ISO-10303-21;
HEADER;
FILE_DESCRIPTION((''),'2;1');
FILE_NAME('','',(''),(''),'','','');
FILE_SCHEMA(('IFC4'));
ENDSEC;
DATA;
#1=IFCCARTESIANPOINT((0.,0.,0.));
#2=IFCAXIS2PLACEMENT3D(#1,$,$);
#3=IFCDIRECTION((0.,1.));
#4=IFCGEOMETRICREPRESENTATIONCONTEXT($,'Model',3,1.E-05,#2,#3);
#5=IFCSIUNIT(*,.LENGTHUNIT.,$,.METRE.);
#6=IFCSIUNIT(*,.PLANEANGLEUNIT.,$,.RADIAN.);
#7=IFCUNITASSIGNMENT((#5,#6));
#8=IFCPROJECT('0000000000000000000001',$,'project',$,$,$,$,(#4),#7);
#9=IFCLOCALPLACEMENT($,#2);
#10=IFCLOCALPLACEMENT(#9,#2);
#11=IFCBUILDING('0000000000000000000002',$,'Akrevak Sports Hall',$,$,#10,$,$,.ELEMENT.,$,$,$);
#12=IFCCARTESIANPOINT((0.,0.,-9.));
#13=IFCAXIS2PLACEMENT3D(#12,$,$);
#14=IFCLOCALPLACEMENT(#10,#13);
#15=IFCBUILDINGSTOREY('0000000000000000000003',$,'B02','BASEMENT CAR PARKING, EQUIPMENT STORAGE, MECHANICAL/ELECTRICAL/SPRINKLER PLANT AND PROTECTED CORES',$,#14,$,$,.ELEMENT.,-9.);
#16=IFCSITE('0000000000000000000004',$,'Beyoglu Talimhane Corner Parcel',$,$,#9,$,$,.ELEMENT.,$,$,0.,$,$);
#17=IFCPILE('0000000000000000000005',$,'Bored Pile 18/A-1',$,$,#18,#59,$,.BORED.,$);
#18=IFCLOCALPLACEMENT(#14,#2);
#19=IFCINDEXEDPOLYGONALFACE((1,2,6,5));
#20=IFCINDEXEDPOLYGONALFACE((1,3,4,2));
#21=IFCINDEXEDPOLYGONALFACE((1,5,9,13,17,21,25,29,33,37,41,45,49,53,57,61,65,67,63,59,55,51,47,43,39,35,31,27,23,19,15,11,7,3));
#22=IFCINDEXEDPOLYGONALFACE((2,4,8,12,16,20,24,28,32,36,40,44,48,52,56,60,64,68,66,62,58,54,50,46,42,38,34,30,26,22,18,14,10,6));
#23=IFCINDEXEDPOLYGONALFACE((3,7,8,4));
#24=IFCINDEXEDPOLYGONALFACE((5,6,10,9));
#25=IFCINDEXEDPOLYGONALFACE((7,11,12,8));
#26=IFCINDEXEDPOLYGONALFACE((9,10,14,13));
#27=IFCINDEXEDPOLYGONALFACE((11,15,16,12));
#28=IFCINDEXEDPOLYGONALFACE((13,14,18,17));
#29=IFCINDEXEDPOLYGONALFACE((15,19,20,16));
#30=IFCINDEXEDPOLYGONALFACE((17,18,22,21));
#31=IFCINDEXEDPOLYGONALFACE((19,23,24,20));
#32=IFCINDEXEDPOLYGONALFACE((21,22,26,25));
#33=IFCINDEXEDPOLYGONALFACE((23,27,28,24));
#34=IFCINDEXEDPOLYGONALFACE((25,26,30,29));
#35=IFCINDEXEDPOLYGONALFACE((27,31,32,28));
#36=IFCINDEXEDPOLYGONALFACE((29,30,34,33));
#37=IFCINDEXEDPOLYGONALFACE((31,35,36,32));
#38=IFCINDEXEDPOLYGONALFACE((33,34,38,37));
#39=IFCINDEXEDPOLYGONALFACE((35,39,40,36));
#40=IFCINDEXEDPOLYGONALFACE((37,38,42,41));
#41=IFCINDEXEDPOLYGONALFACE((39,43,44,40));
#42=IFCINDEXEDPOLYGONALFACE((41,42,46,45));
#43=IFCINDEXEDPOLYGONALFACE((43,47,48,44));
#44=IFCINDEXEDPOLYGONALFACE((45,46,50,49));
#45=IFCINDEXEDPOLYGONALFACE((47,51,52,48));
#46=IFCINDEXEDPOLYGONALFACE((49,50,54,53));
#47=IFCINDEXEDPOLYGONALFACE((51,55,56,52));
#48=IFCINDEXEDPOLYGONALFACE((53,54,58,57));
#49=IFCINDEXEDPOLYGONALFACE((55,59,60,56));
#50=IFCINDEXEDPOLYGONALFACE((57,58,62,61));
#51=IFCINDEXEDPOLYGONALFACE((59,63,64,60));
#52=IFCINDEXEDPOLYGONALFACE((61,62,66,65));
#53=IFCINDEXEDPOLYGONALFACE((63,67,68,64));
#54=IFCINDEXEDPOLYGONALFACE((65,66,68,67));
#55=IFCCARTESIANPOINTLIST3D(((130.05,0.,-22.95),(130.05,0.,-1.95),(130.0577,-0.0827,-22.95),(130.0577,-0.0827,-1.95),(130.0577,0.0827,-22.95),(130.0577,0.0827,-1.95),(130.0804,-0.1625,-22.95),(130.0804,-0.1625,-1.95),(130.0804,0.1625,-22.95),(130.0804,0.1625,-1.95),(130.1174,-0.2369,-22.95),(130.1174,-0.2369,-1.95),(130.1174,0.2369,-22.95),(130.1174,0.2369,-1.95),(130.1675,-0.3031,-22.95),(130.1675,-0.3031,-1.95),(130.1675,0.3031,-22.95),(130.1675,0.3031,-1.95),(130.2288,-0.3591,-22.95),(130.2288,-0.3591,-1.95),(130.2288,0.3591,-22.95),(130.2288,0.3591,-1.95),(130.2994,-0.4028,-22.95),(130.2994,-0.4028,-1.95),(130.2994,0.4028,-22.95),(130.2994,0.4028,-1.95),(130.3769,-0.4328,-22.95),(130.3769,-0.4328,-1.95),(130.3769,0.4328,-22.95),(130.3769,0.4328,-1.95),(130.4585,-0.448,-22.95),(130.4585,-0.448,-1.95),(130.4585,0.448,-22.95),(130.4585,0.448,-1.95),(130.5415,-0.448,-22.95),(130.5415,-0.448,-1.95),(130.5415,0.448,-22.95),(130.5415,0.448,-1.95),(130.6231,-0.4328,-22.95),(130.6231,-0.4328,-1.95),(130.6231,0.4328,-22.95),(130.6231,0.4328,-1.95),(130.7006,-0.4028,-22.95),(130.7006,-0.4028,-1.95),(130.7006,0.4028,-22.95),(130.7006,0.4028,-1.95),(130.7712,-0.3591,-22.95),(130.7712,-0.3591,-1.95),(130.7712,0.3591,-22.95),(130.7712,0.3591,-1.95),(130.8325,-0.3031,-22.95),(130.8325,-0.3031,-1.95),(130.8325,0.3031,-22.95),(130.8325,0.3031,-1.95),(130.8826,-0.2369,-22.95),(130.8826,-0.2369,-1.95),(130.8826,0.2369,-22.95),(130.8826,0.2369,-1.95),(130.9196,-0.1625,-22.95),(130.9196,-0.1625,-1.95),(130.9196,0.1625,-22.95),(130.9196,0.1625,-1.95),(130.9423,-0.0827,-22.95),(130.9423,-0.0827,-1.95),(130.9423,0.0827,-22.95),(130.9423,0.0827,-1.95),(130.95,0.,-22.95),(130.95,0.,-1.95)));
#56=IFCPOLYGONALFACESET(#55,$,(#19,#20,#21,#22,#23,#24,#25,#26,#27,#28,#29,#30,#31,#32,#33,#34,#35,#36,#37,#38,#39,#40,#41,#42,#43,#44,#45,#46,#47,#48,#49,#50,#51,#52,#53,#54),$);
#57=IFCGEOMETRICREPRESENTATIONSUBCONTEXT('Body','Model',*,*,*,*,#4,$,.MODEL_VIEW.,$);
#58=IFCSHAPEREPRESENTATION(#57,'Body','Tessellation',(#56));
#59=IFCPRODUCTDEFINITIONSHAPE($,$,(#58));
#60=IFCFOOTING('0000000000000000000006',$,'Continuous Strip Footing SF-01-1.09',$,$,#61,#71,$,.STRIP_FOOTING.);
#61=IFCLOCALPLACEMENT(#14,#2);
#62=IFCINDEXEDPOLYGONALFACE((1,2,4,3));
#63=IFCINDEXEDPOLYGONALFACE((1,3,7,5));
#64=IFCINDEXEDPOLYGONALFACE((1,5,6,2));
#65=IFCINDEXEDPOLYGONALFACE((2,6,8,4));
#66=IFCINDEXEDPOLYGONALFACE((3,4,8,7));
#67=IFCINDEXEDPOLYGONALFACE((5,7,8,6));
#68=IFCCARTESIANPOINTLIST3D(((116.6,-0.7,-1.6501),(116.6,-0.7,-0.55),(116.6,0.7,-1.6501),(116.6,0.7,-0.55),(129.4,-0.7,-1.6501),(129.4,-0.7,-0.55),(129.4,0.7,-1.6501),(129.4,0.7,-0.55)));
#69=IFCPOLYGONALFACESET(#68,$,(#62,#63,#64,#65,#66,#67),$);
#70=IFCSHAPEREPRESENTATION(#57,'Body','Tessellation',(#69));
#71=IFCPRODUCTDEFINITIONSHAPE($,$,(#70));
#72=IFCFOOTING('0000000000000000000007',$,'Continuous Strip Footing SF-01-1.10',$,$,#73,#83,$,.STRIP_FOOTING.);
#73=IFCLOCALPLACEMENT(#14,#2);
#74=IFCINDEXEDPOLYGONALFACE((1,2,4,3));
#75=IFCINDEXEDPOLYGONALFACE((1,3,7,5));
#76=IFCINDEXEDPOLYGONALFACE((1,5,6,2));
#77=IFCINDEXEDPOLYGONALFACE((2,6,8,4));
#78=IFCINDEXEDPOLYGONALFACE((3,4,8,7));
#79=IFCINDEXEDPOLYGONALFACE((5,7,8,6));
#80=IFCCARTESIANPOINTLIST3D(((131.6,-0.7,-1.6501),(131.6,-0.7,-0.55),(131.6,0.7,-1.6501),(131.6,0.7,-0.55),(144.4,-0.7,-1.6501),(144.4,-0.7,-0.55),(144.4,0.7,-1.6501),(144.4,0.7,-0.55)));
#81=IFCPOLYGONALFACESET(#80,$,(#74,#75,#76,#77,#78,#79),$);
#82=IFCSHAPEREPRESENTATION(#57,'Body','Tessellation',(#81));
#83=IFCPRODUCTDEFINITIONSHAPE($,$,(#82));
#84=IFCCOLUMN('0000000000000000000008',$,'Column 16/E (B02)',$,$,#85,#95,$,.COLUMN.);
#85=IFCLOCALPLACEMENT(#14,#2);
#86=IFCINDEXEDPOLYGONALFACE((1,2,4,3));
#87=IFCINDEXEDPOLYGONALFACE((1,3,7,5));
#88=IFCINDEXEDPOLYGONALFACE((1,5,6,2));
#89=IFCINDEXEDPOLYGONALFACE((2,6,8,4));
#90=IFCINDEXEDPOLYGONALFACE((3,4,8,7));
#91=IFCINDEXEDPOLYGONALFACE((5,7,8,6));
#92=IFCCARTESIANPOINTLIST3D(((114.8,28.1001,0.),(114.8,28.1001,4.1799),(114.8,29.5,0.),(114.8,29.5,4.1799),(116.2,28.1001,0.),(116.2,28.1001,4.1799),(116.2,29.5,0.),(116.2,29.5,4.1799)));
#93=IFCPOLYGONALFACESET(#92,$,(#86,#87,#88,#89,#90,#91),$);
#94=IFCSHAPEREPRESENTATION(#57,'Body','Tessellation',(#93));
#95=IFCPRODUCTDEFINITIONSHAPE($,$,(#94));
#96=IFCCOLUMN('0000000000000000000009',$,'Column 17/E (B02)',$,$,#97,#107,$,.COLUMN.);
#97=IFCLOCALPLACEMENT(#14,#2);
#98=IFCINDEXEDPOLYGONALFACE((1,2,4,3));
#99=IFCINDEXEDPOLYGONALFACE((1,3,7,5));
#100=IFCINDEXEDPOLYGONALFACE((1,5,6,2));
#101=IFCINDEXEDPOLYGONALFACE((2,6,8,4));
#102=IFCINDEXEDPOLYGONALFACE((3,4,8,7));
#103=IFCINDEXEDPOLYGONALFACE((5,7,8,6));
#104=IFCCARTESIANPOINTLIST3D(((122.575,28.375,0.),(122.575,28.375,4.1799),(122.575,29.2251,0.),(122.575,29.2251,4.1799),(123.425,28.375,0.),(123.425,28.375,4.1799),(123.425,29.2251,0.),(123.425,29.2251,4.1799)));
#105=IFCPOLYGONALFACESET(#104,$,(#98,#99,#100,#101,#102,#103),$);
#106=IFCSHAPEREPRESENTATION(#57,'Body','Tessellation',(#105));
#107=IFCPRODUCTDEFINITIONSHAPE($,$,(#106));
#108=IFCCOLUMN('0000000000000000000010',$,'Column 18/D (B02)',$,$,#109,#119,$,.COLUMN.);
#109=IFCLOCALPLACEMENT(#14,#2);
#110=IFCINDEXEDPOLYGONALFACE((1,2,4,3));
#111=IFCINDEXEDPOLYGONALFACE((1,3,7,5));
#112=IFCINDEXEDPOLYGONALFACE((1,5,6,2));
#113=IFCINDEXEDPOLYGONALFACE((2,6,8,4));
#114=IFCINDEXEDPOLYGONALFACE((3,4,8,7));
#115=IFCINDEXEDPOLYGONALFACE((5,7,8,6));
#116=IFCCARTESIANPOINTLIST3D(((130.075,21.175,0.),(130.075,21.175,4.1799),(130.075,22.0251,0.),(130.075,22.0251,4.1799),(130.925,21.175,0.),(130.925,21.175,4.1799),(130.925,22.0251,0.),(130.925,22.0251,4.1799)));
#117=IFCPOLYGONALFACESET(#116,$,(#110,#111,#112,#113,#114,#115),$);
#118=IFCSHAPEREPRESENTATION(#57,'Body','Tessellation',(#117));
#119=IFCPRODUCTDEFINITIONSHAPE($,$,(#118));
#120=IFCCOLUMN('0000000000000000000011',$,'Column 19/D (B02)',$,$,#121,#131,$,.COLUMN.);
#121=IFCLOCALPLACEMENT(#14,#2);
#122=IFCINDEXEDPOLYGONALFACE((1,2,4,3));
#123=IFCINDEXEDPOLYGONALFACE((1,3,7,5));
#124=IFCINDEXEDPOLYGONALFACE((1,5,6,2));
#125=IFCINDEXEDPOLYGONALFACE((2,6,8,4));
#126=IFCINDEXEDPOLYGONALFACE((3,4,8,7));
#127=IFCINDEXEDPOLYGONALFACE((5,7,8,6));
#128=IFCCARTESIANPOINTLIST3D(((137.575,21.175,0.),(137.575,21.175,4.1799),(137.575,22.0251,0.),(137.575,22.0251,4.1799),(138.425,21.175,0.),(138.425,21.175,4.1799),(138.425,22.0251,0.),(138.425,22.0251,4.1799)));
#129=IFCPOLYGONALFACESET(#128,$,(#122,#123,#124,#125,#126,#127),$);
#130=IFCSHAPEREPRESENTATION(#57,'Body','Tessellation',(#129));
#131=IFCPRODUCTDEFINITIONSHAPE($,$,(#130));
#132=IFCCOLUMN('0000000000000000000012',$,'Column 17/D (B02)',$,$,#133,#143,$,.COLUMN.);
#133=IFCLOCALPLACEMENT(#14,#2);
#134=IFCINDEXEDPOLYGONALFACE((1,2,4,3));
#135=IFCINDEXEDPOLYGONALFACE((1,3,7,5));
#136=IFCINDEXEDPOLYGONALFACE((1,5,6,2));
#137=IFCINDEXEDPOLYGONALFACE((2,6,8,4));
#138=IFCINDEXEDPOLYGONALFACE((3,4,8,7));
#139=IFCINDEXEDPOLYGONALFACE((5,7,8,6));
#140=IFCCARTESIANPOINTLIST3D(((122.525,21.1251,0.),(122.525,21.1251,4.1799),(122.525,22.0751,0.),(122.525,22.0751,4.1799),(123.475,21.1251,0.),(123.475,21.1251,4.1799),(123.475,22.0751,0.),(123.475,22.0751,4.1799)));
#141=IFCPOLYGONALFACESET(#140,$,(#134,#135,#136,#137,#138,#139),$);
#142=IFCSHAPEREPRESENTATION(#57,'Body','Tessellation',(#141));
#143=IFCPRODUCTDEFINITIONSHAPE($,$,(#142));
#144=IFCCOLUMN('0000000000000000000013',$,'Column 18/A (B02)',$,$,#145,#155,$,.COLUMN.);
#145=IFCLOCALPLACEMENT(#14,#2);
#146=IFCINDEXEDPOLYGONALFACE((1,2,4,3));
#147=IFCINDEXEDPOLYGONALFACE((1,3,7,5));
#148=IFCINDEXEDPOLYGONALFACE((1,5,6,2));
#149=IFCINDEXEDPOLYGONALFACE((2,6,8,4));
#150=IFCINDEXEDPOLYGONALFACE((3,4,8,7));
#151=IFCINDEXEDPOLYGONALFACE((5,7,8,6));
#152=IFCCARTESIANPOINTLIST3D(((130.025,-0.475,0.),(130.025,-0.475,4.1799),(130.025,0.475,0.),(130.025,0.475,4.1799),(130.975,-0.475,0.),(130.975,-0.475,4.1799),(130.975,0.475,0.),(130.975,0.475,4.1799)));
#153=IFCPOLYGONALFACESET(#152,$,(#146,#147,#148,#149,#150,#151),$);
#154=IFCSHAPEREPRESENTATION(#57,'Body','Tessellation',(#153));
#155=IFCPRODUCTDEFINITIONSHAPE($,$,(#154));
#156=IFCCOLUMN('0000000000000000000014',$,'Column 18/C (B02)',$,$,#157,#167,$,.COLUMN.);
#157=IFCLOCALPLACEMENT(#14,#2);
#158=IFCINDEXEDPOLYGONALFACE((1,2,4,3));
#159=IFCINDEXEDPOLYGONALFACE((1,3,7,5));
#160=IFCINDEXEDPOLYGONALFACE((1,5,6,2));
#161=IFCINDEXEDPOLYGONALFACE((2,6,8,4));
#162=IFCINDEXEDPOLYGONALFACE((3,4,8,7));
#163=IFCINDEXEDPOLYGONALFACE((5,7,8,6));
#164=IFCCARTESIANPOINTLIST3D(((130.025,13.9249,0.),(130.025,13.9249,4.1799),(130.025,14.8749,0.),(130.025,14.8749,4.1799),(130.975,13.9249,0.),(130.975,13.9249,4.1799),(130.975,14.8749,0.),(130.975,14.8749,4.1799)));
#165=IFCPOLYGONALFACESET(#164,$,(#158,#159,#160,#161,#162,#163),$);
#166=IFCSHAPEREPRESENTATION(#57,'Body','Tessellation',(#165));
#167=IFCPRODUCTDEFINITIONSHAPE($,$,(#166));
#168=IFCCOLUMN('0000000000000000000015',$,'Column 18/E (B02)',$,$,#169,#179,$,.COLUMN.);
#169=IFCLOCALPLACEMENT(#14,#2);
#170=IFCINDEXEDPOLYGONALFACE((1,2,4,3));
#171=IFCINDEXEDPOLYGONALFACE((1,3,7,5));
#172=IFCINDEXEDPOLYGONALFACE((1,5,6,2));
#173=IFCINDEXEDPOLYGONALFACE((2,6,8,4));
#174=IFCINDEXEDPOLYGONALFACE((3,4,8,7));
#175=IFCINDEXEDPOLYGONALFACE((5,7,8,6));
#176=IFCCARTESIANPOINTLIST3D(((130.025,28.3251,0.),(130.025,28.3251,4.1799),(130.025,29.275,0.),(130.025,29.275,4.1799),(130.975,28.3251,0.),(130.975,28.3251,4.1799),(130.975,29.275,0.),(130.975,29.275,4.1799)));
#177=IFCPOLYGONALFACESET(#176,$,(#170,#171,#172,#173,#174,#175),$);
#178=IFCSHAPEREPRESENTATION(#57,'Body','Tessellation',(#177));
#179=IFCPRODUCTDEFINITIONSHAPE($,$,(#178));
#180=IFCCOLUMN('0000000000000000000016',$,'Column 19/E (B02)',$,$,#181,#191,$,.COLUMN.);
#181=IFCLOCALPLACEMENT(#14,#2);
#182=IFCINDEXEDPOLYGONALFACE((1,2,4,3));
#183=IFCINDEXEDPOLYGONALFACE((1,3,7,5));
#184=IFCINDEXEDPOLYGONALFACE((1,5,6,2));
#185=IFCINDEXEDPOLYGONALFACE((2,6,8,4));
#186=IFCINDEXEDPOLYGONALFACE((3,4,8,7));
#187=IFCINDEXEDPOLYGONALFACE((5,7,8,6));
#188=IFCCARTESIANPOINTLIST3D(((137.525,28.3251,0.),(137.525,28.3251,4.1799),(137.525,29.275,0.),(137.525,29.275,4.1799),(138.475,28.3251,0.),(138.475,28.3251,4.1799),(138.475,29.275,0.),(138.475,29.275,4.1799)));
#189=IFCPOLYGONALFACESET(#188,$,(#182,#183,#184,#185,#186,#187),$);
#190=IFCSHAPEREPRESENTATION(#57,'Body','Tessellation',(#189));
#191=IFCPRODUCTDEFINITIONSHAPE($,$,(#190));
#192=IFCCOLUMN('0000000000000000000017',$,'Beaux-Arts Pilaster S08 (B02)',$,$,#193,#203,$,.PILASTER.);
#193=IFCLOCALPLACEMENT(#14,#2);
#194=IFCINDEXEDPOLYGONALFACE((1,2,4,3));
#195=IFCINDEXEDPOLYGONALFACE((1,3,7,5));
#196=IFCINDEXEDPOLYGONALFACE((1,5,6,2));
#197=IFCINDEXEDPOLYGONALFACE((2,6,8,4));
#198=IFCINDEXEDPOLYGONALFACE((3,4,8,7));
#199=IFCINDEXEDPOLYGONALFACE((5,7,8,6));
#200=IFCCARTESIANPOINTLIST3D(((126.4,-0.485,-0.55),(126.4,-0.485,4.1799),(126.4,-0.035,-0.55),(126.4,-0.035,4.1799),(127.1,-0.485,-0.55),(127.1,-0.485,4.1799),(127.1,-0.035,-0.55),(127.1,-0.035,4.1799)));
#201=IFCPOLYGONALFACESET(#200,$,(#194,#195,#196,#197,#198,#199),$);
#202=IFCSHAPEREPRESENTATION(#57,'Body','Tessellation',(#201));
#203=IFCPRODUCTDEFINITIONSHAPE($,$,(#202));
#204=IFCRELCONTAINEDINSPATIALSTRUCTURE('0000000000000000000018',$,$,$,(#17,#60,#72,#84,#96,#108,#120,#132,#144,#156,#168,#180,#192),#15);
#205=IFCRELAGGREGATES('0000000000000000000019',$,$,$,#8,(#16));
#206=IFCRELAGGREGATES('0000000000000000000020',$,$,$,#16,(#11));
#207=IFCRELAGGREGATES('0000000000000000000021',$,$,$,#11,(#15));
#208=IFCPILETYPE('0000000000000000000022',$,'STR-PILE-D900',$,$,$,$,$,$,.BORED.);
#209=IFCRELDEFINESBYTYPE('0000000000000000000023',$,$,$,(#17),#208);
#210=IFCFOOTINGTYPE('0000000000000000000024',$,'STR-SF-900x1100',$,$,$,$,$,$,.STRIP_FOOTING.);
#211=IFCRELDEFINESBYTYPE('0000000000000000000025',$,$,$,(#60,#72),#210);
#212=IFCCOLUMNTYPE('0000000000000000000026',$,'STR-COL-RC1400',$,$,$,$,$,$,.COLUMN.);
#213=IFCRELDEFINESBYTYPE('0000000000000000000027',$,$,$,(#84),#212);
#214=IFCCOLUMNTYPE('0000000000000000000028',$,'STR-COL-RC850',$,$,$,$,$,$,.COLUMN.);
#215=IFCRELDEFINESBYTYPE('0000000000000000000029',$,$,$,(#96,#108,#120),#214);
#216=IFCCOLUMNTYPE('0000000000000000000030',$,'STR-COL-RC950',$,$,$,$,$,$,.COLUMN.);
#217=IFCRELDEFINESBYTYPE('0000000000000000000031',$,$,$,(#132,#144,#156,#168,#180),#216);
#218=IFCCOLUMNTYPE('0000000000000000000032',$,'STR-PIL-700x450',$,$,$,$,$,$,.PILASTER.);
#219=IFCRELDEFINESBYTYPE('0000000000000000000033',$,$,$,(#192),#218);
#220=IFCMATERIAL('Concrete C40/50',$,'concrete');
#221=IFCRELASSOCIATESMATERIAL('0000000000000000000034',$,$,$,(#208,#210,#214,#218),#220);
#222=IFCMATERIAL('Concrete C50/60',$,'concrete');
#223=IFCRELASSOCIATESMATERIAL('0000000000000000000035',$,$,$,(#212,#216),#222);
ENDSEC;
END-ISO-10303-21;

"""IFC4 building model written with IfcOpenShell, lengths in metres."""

from ifc_helpers import new_model, si_unit, direction, frame, origin, origin_2d, place, context, subcontext, project, spatial, rectangle, circle, extrude, material, material_profile, profile_set, type_object, element, save


model = new_model("IFC4")

# Units and contexts
model_context = context("Model", 3, precision=1e-05, world=origin(), true_north=direction((0.0, 1.0)))
body_context = subcontext(model_context, "Body", "Model", "MODEL_VIEW")
ifc_project = project(units=[si_unit("LENGTHUNIT", "METRE"), si_unit("PLANEANGLEUNIT", "RADIAN")], contexts=[model_context])

# Site, building, storey
site_placement = place(None, origin())
site = spatial("IfcSite", under=ifc_project, at=site_placement, Name="Beyoglu Talimhane Corner Parcel", CompositionType="ELEMENT", RefElevation=0.0)
building_placement = place(site_placement, origin())
building = spatial("IfcBuilding", under=site, at=building_placement, Name="Akrevak Sports Hall", CompositionType="ELEMENT")
storey_placement = place(building_placement, frame((0.0, 0.0, -9.0)))
storey = spatial("IfcBuildingStorey", under=building, at=storey_placement, Name="B02", Description="BASEMENT CAR PARKING, EQUIPMENT STORAGE, MECHANICAL/ELECTRICAL/SPRINKLER PLANT AND PROTECTED CORES", CompositionType="ELEMENT", Elevation=-9.0)

# Shared definitions
ifc_material_1 = material(Name="Concrete C40/50", Category="concrete")

# Pile
ifc_material_profile_1 = material_profile(ifc_material_1, circle(Radius=0.45, at=origin_2d()), Name="BORED PILE D900", Category="concrete")
ifc_profile_set_1 = profile_set([ifc_material_profile_1], Name="Concrete C40/50")
pile_type_1 = type_object("IfcPileType", Name="STR-PILE-D900", PredefinedType="BORED", material=ifc_profile_set_1)
pile_placement = place(storey_placement, frame((130.5, 0.0, -1.95), z_axis=(0.0, 0.0, -1.0), x_axis=(1.0, 0.0, 0.0)))
element("IfcPile", 1, at=pile_placement, inside=storey, type_object=pile_type_1, Name="Bored Pile 18/A-1", PredefinedType="BORED", context=body_context, shape_type="SweptSolid", body=[
    extrude(circle(Radius=0.45, at=origin_2d()), origin(), (0.0, 0.0, 1.0), 21.0),
])

# Footings
footing_type_1 = type_object("IfcFootingType", Name="STR-SF-900x1100", PredefinedType="STRIP_FOOTING", material=ifc_material_1)
for number, where, z_axis, x_axis, name in (
    (2, (123.0, 0.0, -1.6501), (0.0, 0.0, 1.0), (1.0, 0.0, 0.0), "Continuous Strip Footing SF-01-1.09"),
    (3, (138.0, 0.0, -1.6501), (0.0, 0.0, 1.0), (1.0, 0.0, 0.0), "Continuous Strip Footing SF-01-1.10"),
):
    element("IfcFooting", number, at=place(storey_placement, frame(where, z_axis=z_axis, x_axis=x_axis)), inside=storey, type_object=footing_type_1, Name=name, PredefinedType="STRIP_FOOTING", context=body_context, shape_type="SweptSolid", body=[
        extrude(rectangle(XDim=12.8, YDim=1.3999, at=origin_2d()), origin(), (0.0, 0.0, 1.0), 1.1001),
    ])

# Columns
ifc_material_2 = material(Name="Concrete C50/60", Category="concrete")
ifc_material_profile_2 = material_profile(ifc_material_2, rectangle(XDim=1.3999, YDim=1.3999, at=origin_2d()), Name="RC 1400x1400", Category="concrete")
ifc_profile_set_2 = profile_set([ifc_material_profile_2], Name="Concrete C50/60")
column_type_1 = type_object("IfcColumnType", Name="STR-COL-RC1400", PredefinedType="COLUMN", material=ifc_profile_set_2)
column_1_placement = place(storey_placement, frame((115.5, 28.8, 0.0), z_axis=(0.0, 0.0, 1.0), x_axis=(1.0, 0.0, 0.0)))
element("IfcColumn", 4, at=column_1_placement, inside=storey, type_object=column_type_1, Name="Column 16/E (B02)", PredefinedType="COLUMN", context=body_context, shape_type="SweptSolid", body=[
    extrude(rectangle(XDim=1.3999, YDim=1.3999, at=origin_2d()), origin(), (0.0, 0.0, 1.0), 4.1799),
])
ifc_material_profile_3 = material_profile(ifc_material_1, rectangle(XDim=0.8501, YDim=0.8501, at=origin_2d()), Name="RC 850x850", Category="concrete")
ifc_profile_set_3 = profile_set([ifc_material_profile_3], Name="Concrete C40/50")
column_type_2 = type_object("IfcColumnType", Name="STR-COL-RC850", PredefinedType="COLUMN", material=ifc_profile_set_3)
for number, where, z_axis, x_axis, name in (
    (5, (123.0, 28.8, 0.0), (0.0, 0.0, 1.0), (1.0, 0.0, 0.0), "Column 17/E (B02)"),
    (6, (130.5, 21.6001, 0.0), (0.0, 0.0, 1.0), (1.0, 0.0, 0.0), "Column 18/D (B02)"),
    (7, (138.0, 21.6001, 0.0), (0.0, 0.0, 1.0), (1.0, 0.0, 0.0), "Column 19/D (B02)"),
):
    element("IfcColumn", number, at=place(storey_placement, frame(where, z_axis=z_axis, x_axis=x_axis)), inside=storey, type_object=column_type_2, Name=name, PredefinedType="COLUMN", context=body_context, shape_type="SweptSolid", body=[
        extrude(rectangle(XDim=0.8501, YDim=0.8501, at=origin_2d()), origin(), (0.0, 0.0, 1.0), 4.1799),
    ])
ifc_material_profile_4 = material_profile(ifc_material_2, rectangle(XDim=0.95, YDim=0.95, at=origin_2d()), Name="RC 950x950", Category="concrete")
ifc_profile_set_4 = profile_set([ifc_material_profile_4], Name="Concrete C50/60")
column_type_3 = type_object("IfcColumnType", Name="STR-COL-RC950", PredefinedType="COLUMN", material=ifc_profile_set_4)
for number, where, z_axis, x_axis, name in (
    (8, (123.0, 21.6001, 0.0), (0.0, 0.0, 1.0), (1.0, 0.0, 0.0), "Column 17/D (B02)"),
    (9, (130.5, 0.0, 0.0), (0.0, 0.0, 1.0), (1.0, 0.0, 0.0), "Column 18/A (B02)"),
    (10, (130.5, 14.3999, 0.0), (0.0, 0.0, 1.0), (1.0, 0.0, 0.0), "Column 18/C (B02)"),
    (11, (130.5, 28.8, 0.0), (0.0, 0.0, 1.0), (1.0, 0.0, 0.0), "Column 18/E (B02)"),
    (12, (138.0, 28.8, 0.0), (0.0, 0.0, 1.0), (1.0, 0.0, 0.0), "Column 19/E (B02)"),
):
    element("IfcColumn", number, at=place(storey_placement, frame(where, z_axis=z_axis, x_axis=x_axis)), inside=storey, type_object=column_type_3, Name=name, PredefinedType="COLUMN", context=body_context, shape_type="SweptSolid", body=[
        extrude(rectangle(XDim=0.95, YDim=0.95, at=origin_2d()), origin(), (0.0, 0.0, 1.0), 4.1799),
    ])
ifc_material_profile_5 = material_profile(ifc_material_1, rectangle(XDim=0.7, YDim=0.45, at=origin_2d()), Name="PIL 700x450", Category="concrete")
ifc_profile_set_5 = profile_set([ifc_material_profile_5], Name="Concrete C40/50")
column_type_4 = type_object("IfcColumnType", Name="STR-PIL-700x450", PredefinedType="PILASTER", material=ifc_profile_set_5)
column_2_placement = place(storey_placement, frame((126.75, -0.26, -0.55), z_axis=(0.0, 0.0, 1.0), x_axis=(1.0, 0.0, 0.0)))
element("IfcColumn", 13, at=column_2_placement, inside=storey, type_object=column_type_4, Name="Beaux-Arts Pilaster S08 (B02)", PredefinedType="PILASTER", context=body_context, shape_type="SweptSolid", body=[
    extrude(rectangle(XDim=0.7, YDim=0.45, at=origin_2d()), origin(), (0.0, 0.0, 1.0), 4.73),
])

save(model, "model.ifc")
